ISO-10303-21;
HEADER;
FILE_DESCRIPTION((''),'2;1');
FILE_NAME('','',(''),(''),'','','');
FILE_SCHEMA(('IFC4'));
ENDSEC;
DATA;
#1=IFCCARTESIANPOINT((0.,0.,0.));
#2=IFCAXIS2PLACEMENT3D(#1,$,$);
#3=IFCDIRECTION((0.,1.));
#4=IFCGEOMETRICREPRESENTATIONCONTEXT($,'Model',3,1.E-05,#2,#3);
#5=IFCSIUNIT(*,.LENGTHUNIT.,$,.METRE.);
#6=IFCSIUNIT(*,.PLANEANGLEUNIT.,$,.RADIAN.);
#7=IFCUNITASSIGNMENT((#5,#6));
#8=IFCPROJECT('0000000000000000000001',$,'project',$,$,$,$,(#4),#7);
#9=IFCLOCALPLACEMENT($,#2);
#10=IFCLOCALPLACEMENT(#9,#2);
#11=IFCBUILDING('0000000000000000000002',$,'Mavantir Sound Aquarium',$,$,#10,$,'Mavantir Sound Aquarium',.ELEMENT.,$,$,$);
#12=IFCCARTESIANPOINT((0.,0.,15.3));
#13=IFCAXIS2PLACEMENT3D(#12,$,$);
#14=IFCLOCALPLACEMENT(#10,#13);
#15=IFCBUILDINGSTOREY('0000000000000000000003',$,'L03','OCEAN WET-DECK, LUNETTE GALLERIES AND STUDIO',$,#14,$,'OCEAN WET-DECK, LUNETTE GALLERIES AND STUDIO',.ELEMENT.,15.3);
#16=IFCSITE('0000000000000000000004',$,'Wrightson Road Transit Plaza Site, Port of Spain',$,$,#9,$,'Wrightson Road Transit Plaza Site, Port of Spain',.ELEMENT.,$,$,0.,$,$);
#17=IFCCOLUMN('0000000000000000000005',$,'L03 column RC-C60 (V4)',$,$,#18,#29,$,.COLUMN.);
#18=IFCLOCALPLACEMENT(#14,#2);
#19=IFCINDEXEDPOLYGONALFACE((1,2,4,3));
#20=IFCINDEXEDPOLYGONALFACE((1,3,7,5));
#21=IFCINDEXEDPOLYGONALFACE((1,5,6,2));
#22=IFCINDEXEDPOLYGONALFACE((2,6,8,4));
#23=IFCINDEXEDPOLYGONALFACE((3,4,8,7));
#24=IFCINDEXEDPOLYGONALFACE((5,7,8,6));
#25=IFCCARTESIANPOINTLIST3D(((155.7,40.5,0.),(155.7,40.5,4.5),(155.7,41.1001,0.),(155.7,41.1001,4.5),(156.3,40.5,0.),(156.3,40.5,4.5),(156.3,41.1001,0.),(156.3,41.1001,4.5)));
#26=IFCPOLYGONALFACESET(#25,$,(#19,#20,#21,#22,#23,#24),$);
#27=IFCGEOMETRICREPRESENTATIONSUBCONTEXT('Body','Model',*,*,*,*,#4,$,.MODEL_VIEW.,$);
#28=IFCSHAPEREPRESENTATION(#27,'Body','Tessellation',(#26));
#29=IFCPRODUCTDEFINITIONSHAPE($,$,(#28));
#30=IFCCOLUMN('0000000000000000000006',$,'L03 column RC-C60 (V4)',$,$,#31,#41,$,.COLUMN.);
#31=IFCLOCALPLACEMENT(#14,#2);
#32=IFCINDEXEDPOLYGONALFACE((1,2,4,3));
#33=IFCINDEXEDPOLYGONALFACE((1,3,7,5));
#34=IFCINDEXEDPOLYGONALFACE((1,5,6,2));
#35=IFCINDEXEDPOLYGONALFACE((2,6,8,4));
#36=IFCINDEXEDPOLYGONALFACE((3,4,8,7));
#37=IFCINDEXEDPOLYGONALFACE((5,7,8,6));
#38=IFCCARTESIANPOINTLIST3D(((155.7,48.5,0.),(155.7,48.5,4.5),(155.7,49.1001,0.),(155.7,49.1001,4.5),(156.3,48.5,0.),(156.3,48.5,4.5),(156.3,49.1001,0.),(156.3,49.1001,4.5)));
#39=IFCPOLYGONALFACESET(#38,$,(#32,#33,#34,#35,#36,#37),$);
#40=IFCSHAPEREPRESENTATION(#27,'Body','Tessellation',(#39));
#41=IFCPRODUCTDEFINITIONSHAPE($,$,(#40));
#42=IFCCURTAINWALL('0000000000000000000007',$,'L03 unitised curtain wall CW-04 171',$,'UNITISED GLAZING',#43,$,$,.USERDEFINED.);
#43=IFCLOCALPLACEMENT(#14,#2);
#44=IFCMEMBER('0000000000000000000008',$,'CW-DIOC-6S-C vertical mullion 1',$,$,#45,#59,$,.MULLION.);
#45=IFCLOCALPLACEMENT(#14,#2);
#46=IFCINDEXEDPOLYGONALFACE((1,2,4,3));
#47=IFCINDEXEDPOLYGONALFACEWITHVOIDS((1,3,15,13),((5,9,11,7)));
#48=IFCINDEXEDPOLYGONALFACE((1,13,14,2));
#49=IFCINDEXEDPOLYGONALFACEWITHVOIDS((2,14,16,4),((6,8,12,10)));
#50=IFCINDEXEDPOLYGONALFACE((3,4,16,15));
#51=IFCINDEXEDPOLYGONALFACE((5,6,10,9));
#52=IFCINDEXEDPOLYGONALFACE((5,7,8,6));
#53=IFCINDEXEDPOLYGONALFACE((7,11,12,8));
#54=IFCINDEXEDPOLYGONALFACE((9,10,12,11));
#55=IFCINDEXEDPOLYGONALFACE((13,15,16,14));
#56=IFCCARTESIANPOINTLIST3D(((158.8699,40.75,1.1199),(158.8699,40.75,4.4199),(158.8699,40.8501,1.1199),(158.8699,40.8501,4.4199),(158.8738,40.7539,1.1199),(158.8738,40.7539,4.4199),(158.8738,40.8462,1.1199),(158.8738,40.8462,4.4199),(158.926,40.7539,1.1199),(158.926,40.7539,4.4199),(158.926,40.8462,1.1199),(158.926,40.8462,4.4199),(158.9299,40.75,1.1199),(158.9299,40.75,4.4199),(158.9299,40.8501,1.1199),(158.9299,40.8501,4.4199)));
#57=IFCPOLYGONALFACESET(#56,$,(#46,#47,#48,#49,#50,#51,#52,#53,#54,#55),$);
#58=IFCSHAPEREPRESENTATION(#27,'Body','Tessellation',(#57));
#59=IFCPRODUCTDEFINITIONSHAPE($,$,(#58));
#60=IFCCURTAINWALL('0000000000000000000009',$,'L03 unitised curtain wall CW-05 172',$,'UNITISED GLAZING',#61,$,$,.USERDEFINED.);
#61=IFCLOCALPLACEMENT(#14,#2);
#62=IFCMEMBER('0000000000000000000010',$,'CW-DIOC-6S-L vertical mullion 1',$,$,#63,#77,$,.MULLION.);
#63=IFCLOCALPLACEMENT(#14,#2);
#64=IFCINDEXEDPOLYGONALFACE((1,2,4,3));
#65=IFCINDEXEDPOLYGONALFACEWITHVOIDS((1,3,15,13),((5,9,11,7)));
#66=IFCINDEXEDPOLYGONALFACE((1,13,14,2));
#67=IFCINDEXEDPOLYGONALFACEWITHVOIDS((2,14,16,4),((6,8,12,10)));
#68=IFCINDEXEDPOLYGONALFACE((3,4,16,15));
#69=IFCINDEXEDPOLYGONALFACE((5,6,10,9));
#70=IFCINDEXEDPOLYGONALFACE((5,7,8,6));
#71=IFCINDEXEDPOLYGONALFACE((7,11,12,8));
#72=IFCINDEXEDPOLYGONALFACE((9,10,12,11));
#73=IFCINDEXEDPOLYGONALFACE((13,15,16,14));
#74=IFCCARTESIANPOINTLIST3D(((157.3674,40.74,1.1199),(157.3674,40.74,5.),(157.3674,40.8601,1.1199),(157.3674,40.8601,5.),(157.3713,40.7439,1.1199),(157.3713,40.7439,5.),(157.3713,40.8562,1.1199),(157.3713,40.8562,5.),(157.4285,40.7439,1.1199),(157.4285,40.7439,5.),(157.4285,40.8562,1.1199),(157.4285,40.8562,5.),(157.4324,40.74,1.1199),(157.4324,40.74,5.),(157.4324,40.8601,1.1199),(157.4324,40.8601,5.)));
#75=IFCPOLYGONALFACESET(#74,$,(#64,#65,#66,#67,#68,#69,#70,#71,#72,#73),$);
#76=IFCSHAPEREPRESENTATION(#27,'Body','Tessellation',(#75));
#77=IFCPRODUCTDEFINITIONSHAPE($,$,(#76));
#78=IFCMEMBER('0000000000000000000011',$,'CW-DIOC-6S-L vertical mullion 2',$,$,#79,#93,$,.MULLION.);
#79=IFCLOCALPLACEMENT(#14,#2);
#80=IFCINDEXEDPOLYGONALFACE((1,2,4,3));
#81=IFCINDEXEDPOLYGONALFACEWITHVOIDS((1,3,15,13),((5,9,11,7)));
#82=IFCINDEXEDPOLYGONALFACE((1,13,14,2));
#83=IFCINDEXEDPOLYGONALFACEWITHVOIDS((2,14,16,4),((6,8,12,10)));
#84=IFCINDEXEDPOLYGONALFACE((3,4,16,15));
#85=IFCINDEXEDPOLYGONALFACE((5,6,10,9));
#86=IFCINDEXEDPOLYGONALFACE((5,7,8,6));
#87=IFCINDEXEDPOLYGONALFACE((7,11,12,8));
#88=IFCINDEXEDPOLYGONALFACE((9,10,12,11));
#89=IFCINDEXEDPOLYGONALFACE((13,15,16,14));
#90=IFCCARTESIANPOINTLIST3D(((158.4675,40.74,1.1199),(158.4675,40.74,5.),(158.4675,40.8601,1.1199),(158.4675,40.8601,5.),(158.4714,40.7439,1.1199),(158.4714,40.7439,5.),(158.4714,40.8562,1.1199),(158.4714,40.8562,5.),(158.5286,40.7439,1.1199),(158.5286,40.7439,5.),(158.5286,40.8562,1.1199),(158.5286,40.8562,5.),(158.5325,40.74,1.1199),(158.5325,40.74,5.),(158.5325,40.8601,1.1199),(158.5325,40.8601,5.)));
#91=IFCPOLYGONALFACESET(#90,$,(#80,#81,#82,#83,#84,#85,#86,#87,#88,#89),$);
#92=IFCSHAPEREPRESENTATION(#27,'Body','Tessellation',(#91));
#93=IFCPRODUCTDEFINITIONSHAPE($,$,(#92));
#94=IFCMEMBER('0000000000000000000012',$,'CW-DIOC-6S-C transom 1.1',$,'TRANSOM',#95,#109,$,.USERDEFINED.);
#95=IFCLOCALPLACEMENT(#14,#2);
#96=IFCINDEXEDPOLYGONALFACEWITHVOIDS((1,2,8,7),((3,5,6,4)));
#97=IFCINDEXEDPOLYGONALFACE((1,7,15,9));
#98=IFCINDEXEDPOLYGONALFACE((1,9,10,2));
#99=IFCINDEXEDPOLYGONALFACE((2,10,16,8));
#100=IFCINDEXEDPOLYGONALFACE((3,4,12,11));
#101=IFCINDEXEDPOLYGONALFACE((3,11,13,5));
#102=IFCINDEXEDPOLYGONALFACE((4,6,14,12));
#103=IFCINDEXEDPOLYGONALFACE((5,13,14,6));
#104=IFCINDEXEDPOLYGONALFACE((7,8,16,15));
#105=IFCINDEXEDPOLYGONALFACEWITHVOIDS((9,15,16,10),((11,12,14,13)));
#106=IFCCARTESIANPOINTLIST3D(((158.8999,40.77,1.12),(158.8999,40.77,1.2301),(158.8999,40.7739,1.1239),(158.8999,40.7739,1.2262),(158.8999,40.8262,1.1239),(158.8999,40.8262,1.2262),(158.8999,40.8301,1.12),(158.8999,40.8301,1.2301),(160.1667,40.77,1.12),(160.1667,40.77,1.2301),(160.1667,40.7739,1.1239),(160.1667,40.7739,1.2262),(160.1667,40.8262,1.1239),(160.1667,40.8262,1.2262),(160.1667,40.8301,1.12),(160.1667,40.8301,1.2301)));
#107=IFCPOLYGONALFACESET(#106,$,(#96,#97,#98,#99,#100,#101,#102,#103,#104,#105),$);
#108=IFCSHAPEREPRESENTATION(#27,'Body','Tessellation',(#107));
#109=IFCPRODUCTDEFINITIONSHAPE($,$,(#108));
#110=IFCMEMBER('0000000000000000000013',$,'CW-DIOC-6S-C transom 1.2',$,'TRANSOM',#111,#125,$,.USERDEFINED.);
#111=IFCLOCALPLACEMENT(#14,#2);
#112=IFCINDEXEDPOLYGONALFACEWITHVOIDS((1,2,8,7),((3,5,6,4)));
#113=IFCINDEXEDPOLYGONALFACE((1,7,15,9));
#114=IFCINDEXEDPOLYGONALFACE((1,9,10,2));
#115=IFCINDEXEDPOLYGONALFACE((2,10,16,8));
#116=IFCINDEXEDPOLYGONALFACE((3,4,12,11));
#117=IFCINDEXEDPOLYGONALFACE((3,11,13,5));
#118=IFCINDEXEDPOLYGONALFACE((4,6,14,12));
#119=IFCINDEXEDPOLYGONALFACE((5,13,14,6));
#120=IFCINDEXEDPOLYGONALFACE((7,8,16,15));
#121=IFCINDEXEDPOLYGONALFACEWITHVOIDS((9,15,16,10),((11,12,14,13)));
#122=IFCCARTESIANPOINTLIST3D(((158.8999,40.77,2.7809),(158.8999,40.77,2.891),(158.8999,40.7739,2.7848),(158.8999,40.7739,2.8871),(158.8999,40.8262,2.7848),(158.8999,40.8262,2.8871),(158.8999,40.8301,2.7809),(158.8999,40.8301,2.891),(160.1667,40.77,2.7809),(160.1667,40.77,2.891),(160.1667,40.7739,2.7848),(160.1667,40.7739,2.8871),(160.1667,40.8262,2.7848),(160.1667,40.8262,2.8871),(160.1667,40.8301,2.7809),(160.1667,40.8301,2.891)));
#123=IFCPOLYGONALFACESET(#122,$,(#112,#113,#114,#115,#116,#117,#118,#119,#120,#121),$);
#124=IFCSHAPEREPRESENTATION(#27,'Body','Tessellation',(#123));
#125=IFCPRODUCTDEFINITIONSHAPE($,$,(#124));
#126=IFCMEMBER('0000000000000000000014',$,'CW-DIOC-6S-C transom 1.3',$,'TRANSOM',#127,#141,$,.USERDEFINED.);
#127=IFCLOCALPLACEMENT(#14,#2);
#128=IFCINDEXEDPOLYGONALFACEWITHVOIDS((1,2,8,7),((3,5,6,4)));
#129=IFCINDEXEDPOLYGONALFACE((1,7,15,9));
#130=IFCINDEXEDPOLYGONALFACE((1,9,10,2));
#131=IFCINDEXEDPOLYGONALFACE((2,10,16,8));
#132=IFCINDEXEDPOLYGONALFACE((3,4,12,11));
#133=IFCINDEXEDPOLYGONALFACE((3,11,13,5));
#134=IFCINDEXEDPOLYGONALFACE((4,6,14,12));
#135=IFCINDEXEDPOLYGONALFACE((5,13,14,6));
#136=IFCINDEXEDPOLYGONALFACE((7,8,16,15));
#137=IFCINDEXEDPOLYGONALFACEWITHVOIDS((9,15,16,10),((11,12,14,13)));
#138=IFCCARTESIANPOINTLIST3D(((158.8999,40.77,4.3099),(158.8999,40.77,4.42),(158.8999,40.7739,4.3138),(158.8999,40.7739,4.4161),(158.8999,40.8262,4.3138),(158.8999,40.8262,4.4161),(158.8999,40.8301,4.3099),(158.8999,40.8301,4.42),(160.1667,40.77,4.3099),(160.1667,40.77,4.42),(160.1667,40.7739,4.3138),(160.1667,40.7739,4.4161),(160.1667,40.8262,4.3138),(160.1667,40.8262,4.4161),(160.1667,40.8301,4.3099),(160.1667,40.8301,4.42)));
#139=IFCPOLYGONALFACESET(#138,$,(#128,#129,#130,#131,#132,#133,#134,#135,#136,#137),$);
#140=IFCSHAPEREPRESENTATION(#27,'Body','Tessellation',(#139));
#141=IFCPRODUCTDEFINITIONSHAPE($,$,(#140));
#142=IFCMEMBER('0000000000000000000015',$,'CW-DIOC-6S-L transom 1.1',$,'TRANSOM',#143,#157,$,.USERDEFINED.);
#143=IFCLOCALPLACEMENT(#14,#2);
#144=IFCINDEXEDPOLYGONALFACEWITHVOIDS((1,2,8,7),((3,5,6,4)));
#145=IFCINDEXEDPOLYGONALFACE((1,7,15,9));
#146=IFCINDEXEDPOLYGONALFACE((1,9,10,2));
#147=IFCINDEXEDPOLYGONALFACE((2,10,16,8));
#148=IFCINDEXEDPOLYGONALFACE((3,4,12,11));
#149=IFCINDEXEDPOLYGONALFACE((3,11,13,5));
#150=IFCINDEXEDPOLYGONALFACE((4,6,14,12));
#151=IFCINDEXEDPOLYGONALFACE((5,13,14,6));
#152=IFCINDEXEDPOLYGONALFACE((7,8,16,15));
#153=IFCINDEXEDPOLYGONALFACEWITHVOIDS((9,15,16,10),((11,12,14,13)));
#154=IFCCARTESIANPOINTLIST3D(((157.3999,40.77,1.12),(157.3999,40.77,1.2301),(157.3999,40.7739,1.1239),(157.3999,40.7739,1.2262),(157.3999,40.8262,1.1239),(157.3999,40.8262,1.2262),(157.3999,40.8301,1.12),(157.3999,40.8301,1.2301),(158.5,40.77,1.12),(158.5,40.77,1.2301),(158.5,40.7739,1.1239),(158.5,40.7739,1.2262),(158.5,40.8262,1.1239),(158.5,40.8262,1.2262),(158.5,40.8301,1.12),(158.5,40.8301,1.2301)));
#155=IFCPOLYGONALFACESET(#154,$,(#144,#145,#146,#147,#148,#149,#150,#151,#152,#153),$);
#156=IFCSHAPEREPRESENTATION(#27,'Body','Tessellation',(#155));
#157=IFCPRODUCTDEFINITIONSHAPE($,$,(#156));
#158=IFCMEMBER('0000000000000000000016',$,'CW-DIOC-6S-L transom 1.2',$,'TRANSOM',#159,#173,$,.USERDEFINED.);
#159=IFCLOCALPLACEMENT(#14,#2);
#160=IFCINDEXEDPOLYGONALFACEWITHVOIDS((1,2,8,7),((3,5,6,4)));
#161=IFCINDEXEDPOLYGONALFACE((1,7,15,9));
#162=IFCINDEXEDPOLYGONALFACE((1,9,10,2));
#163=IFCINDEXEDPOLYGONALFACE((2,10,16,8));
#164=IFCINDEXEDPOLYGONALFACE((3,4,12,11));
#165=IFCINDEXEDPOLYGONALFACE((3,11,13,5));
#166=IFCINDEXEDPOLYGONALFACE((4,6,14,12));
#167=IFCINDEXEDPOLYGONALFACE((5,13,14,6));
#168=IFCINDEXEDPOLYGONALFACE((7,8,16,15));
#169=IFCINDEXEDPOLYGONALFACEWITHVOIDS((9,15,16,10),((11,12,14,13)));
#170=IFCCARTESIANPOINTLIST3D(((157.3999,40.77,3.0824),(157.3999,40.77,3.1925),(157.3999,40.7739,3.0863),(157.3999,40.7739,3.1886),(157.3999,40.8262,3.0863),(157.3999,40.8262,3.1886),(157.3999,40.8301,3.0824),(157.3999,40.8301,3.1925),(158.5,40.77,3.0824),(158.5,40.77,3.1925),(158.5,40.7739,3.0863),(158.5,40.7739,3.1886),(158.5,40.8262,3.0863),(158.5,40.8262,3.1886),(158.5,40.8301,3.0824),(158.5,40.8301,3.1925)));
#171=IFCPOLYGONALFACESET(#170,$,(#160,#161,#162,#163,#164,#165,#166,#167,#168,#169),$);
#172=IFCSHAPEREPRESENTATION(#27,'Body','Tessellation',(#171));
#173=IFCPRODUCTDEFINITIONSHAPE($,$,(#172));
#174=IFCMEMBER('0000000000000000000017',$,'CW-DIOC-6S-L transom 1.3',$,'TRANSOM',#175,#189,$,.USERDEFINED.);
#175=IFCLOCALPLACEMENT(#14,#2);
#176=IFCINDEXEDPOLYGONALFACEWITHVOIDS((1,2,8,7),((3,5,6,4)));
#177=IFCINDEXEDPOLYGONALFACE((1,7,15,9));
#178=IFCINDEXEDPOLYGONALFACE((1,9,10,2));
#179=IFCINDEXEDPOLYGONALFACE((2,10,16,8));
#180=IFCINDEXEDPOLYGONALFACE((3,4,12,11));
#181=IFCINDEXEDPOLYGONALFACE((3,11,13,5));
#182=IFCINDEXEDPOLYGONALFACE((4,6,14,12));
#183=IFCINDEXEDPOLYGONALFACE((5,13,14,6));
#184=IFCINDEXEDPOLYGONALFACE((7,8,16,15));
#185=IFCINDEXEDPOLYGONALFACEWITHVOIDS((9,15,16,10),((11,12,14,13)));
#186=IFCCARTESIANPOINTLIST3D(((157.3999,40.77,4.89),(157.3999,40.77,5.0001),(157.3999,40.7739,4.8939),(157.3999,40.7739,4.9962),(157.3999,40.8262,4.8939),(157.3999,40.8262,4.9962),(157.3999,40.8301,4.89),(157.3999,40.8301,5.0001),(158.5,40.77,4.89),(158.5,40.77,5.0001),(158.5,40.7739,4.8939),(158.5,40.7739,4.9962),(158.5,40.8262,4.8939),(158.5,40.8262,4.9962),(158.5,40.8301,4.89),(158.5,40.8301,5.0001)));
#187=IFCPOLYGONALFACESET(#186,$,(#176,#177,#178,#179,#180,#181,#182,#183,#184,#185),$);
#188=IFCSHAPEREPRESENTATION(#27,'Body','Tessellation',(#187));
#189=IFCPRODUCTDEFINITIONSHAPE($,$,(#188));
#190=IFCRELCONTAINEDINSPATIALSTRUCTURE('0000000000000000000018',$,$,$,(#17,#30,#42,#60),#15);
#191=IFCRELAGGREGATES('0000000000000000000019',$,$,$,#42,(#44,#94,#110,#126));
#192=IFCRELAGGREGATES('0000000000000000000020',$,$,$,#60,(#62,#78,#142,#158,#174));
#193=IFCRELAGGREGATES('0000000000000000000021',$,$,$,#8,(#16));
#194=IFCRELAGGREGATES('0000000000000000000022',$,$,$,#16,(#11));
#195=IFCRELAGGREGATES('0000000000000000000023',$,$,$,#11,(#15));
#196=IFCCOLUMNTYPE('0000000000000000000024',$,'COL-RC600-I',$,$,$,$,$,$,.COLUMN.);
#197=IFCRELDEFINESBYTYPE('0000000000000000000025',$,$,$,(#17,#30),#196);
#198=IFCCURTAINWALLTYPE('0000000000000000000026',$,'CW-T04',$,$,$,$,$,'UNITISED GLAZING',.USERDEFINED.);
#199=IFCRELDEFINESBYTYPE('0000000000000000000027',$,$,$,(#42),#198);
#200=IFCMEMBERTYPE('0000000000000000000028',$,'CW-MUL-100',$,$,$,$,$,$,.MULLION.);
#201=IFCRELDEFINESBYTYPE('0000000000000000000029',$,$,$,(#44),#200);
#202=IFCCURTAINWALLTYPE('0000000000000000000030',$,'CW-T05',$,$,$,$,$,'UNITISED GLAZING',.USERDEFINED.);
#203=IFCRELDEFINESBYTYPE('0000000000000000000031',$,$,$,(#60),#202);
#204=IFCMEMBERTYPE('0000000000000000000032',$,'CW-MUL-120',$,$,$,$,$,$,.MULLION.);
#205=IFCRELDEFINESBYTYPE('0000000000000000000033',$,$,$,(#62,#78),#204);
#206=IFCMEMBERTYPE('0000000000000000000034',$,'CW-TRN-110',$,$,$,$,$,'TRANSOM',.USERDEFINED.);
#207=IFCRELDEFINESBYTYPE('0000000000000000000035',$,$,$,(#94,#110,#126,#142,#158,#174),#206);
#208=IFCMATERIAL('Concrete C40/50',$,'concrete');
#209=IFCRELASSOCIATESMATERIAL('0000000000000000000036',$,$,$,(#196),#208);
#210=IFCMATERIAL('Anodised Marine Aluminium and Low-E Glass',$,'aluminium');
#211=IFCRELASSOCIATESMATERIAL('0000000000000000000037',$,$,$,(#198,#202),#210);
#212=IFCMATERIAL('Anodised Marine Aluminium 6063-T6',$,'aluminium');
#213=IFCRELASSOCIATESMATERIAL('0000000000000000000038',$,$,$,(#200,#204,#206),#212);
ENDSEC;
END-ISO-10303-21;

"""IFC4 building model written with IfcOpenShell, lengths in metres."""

from ifc_helpers import new_model, si_unit, direction, frame, origin, origin_2d, place, context, subcontext, project, spatial, rectangle, hollow_rectangle, extrude, material, material_profile, profile_set, type_object, element, aggregate, save


model = new_model("IFC4")

# Units and contexts
model_context = context("Model", 3, precision=1e-05, world=origin(), true_north=direction((0.0, 1.0)))
body_context = subcontext(model_context, "Body", "Model", "MODEL_VIEW")
ifc_project = project(units=[si_unit("LENGTHUNIT", "METRE"), si_unit("PLANEANGLEUNIT", "RADIAN")], contexts=[model_context])

# Site, building, storey
site_placement = place(None, origin())
site = spatial("IfcSite", under=ifc_project, at=site_placement, Name="Wrightson Road Transit Plaza Site, Port of Spain", LongName="Wrightson Road Transit Plaza Site, Port of Spain", CompositionType="ELEMENT", RefElevation=0.0)
building_placement = place(site_placement, origin())
building = spatial("IfcBuilding", under=site, at=building_placement, Name="Mavantir Sound Aquarium", LongName="Mavantir Sound Aquarium", CompositionType="ELEMENT")
storey_placement = place(building_placement, frame((0.0, 0.0, 15.3)))
storey = spatial("IfcBuildingStorey", under=building, at=storey_placement, Name="L03", Description="OCEAN WET-DECK, LUNETTE GALLERIES AND STUDIO", LongName="OCEAN WET-DECK, LUNETTE GALLERIES AND STUDIO", CompositionType="ELEMENT", Elevation=15.3)

# Columns
ifc_material_1 = material(Name="Concrete C40/50", Category="concrete")
ifc_material_profile_1 = material_profile(ifc_material_1, rectangle(XDim=0.6001, YDim=0.6001, at=origin_2d()), Name="RC 600X600")
ifc_profile_set_1 = profile_set([ifc_material_profile_1], Name="Concrete C40/50")
column_type = type_object("IfcColumnType", Name="COL-RC600-I", PredefinedType="COLUMN", material=ifc_profile_set_1)
for number, where, z_axis, x_axis, name in (
    (1, (156.0, 40.8, 0.0), (0.0, 0.0, 1.0), (1.0, 0.0, 0.0), "L03 column RC-C60 (V4)"),
    (2, (156.0, 48.8, 0.0), (0.0, 0.0, 1.0), (1.0, 0.0, 0.0), "L03 column RC-C60 (V4)"),
):
    element("IfcColumn", number, at=place(storey_placement, frame(where, z_axis=z_axis, x_axis=x_axis)), inside=storey, type_object=column_type, Name=name, PredefinedType="COLUMN", context=body_context, shape_type="SweptSolid", body=[
        extrude(rectangle(XDim=0.6001, YDim=0.6001, at=origin_2d()), origin(), (0.0, 0.0, 1.0), 4.5),
    ])

# Curtain wall, member
ifc_material_2 = material(Name="Anodised Marine Aluminium and Low-E Glass", Category="aluminium")
curtain_wall_type_1 = type_object("IfcCurtainWallType", Name="CW-T04", ElementType="UNITISED GLAZING", PredefinedType="USERDEFINED", material=ifc_material_2)
curtain_wall_1_placement = place(storey_placement, origin())
curtain_wall_1 = element("IfcCurtainWall", 3, at=curtain_wall_1_placement, inside=storey, type_object=curtain_wall_type_1, Name="L03 unitised curtain wall CW-04 171", ObjectType="UNITISED GLAZING", PredefinedType="USERDEFINED")
ifc_material_3 = material(Name="Anodised Marine Aluminium 6063-T6", Category="aluminium")
ifc_material_profile_2 = material_profile(ifc_material_3, hollow_rectangle(XDim=0.0601, YDim=0.1001, WallThickness=0.0039, at=origin_2d()), Name="ALU-MULLION-100X60")
ifc_profile_set_2 = profile_set([ifc_material_profile_2], Name="Anodised Marine Aluminium 6063-T6")
member_type_1 = type_object("IfcMemberType", Name="CW-MUL-100", PredefinedType="MULLION", material=ifc_profile_set_2)
member_1_placement = place(storey_placement, frame((158.8999, 40.8, 1.1199), z_axis=(0.0, 0.0, 1.0), x_axis=(1.0, 0.0, 0.0)))
member_1 = element("IfcMember", 4, at=member_1_placement, type_object=member_type_1, Name="CW-DIOC-6S-C vertical mullion 1", PredefinedType="MULLION", context=body_context, shape_type="SweptSolid", body=[
    extrude(hollow_rectangle(XDim=0.0601, YDim=0.1001, WallThickness=0.0039, at=origin_2d()), origin(), (0.0, 0.0, 1.0), 3.3),
])

# Curtain wall, members
curtain_wall_type_2 = type_object("IfcCurtainWallType", Name="CW-T05", ElementType="UNITISED GLAZING", PredefinedType="USERDEFINED", material=ifc_material_2)
curtain_wall_2_placement = place(storey_placement, origin())
curtain_wall_2 = element("IfcCurtainWall", 5, at=curtain_wall_2_placement, inside=storey, type_object=curtain_wall_type_2, Name="L03 unitised curtain wall CW-05 172", ObjectType="UNITISED GLAZING", PredefinedType="USERDEFINED")
ifc_material_profile_3 = material_profile(ifc_material_3, hollow_rectangle(XDim=0.0649, YDim=0.1201, WallThickness=0.0039, at=origin_2d()), Name="ALU-MULLION-120X65")
ifc_profile_set_3 = profile_set([ifc_material_profile_3], Name="Anodised Marine Aluminium 6063-T6")
member_type_2 = type_object("IfcMemberType", Name="CW-MUL-120", PredefinedType="MULLION", material=ifc_profile_set_3)
member_2_placement = place(storey_placement, frame((157.3999, 40.8, 1.1199), z_axis=(0.0, 0.0, 1.0), x_axis=(1.0, 0.0, 0.0)))
member_2 = element("IfcMember", 6, at=member_2_placement, type_object=member_type_2, Name="CW-DIOC-6S-L vertical mullion 1", PredefinedType="MULLION", context=body_context, shape_type="SweptSolid", body=[
    extrude(hollow_rectangle(XDim=0.0649, YDim=0.1201, WallThickness=0.0039, at=origin_2d()), origin(), (0.0, 0.0, 1.0), 3.8801),
])
member_3_placement = place(storey_placement, frame((158.5, 40.8, 1.1199), z_axis=(0.0, 0.0, 1.0), x_axis=(1.0, 0.0, 0.0)))
member_3 = element("IfcMember", 7, at=member_3_placement, type_object=member_type_2, Name="CW-DIOC-6S-L vertical mullion 2", PredefinedType="MULLION", context=body_context, shape_type="SweptSolid", body=[
    extrude(hollow_rectangle(XDim=0.0649, YDim=0.1201, WallThickness=0.0039, at=origin_2d()), origin(), (0.0, 0.0, 1.0), 3.8801),
])

# Members
ifc_material_profile_4 = material_profile(ifc_material_3, hollow_rectangle(XDim=0.0601, YDim=0.1101, WallThickness=0.0039, at=origin_2d()), Name="ALU-TRANSOM-110X60")
ifc_profile_set_4 = profile_set([ifc_material_profile_4], Name="Anodised Marine Aluminium 6063-T6")
member_type_3 = type_object("IfcMemberType", Name="CW-TRN-110", ElementType="TRANSOM", PredefinedType="USERDEFINED", material=ifc_profile_set_4)
member_4_placement = place(storey_placement, frame((158.8999, 40.8, 1.175), z_axis=(1.0, 0.0, 0.0), x_axis=(0.0, 1.0, 0.0)))
member_4 = element("IfcMember", 8, at=member_4_placement, type_object=member_type_3, Name="CW-DIOC-6S-C transom 1.1", ObjectType="TRANSOM", PredefinedType="USERDEFINED", context=body_context, shape_type="SweptSolid", body=[
    extrude(hollow_rectangle(XDim=0.0601, YDim=0.1101, WallThickness=0.0039, at=origin_2d()), origin(), (0.0, 0.0, 1.0), 1.2668),
])
member_5_placement = place(storey_placement, frame((158.8999, 40.8, 2.8359), z_axis=(1.0, 0.0, 0.0), x_axis=(0.0, 1.0, 0.0)))
member_5 = element("IfcMember", 9, at=member_5_placement, type_object=member_type_3, Name="CW-DIOC-6S-C transom 1.2", ObjectType="TRANSOM", PredefinedType="USERDEFINED", context=body_context, shape_type="SweptSolid", body=[
    extrude(hollow_rectangle(XDim=0.0601, YDim=0.1101, WallThickness=0.0039, at=origin_2d()), origin(), (0.0, 0.0, 1.0), 1.2668),
])
member_6_placement = place(storey_placement, frame((158.8999, 40.8, 4.365), z_axis=(1.0, 0.0, 0.0), x_axis=(0.0, 1.0, 0.0)))
member_6 = element("IfcMember", 10, at=member_6_placement, type_object=member_type_3, Name="CW-DIOC-6S-C transom 1.3", ObjectType="TRANSOM", PredefinedType="USERDEFINED", context=body_context, shape_type="SweptSolid", body=[
    extrude(hollow_rectangle(XDim=0.0601, YDim=0.1101, WallThickness=0.0039, at=origin_2d()), origin(), (0.0, 0.0, 1.0), 1.2668),
])
member_7_placement = place(storey_placement, frame((157.3999, 40.8, 1.175), z_axis=(1.0, 0.0, 0.0), x_axis=(0.0, 1.0, 0.0)))
member_7 = element("IfcMember", 11, at=member_7_placement, type_object=member_type_3, Name="CW-DIOC-6S-L transom 1.1", ObjectType="TRANSOM", PredefinedType="USERDEFINED", context=body_context, shape_type="SweptSolid", body=[
    extrude(hollow_rectangle(XDim=0.0601, YDim=0.1101, WallThickness=0.0039, at=origin_2d()), origin(), (0.0, 0.0, 1.0), 1.1001),
])
member_8_placement = place(storey_placement, frame((157.3999, 40.8, 3.1375), z_axis=(1.0, 0.0, 0.0), x_axis=(0.0, 1.0, 0.0)))
member_8 = element("IfcMember", 12, at=member_8_placement, type_object=member_type_3, Name="CW-DIOC-6S-L transom 1.2", ObjectType="TRANSOM", PredefinedType="USERDEFINED", context=body_context, shape_type="SweptSolid", body=[
    extrude(hollow_rectangle(XDim=0.0601, YDim=0.1101, WallThickness=0.0039, at=origin_2d()), origin(), (0.0, 0.0, 1.0), 1.1001),
])
member_9_placement = place(storey_placement, frame((157.3999, 40.8, 4.9451), z_axis=(1.0, 0.0, 0.0), x_axis=(0.0, 1.0, 0.0)))
member_9 = element("IfcMember", 13, at=member_9_placement, type_object=member_type_3, Name="CW-DIOC-6S-L transom 1.3", ObjectType="TRANSOM", PredefinedType="USERDEFINED", context=body_context, shape_type="SweptSolid", body=[
    extrude(hollow_rectangle(XDim=0.0601, YDim=0.1101, WallThickness=0.0039, at=origin_2d()), origin(), (0.0, 0.0, 1.0), 1.1001),
])

aggregate(curtain_wall_1, [member_1, member_4, member_5, member_6])
aggregate(curtain_wall_2, [member_2, member_3, member_7, member_8, member_9])

save(model, "model.ifc")
